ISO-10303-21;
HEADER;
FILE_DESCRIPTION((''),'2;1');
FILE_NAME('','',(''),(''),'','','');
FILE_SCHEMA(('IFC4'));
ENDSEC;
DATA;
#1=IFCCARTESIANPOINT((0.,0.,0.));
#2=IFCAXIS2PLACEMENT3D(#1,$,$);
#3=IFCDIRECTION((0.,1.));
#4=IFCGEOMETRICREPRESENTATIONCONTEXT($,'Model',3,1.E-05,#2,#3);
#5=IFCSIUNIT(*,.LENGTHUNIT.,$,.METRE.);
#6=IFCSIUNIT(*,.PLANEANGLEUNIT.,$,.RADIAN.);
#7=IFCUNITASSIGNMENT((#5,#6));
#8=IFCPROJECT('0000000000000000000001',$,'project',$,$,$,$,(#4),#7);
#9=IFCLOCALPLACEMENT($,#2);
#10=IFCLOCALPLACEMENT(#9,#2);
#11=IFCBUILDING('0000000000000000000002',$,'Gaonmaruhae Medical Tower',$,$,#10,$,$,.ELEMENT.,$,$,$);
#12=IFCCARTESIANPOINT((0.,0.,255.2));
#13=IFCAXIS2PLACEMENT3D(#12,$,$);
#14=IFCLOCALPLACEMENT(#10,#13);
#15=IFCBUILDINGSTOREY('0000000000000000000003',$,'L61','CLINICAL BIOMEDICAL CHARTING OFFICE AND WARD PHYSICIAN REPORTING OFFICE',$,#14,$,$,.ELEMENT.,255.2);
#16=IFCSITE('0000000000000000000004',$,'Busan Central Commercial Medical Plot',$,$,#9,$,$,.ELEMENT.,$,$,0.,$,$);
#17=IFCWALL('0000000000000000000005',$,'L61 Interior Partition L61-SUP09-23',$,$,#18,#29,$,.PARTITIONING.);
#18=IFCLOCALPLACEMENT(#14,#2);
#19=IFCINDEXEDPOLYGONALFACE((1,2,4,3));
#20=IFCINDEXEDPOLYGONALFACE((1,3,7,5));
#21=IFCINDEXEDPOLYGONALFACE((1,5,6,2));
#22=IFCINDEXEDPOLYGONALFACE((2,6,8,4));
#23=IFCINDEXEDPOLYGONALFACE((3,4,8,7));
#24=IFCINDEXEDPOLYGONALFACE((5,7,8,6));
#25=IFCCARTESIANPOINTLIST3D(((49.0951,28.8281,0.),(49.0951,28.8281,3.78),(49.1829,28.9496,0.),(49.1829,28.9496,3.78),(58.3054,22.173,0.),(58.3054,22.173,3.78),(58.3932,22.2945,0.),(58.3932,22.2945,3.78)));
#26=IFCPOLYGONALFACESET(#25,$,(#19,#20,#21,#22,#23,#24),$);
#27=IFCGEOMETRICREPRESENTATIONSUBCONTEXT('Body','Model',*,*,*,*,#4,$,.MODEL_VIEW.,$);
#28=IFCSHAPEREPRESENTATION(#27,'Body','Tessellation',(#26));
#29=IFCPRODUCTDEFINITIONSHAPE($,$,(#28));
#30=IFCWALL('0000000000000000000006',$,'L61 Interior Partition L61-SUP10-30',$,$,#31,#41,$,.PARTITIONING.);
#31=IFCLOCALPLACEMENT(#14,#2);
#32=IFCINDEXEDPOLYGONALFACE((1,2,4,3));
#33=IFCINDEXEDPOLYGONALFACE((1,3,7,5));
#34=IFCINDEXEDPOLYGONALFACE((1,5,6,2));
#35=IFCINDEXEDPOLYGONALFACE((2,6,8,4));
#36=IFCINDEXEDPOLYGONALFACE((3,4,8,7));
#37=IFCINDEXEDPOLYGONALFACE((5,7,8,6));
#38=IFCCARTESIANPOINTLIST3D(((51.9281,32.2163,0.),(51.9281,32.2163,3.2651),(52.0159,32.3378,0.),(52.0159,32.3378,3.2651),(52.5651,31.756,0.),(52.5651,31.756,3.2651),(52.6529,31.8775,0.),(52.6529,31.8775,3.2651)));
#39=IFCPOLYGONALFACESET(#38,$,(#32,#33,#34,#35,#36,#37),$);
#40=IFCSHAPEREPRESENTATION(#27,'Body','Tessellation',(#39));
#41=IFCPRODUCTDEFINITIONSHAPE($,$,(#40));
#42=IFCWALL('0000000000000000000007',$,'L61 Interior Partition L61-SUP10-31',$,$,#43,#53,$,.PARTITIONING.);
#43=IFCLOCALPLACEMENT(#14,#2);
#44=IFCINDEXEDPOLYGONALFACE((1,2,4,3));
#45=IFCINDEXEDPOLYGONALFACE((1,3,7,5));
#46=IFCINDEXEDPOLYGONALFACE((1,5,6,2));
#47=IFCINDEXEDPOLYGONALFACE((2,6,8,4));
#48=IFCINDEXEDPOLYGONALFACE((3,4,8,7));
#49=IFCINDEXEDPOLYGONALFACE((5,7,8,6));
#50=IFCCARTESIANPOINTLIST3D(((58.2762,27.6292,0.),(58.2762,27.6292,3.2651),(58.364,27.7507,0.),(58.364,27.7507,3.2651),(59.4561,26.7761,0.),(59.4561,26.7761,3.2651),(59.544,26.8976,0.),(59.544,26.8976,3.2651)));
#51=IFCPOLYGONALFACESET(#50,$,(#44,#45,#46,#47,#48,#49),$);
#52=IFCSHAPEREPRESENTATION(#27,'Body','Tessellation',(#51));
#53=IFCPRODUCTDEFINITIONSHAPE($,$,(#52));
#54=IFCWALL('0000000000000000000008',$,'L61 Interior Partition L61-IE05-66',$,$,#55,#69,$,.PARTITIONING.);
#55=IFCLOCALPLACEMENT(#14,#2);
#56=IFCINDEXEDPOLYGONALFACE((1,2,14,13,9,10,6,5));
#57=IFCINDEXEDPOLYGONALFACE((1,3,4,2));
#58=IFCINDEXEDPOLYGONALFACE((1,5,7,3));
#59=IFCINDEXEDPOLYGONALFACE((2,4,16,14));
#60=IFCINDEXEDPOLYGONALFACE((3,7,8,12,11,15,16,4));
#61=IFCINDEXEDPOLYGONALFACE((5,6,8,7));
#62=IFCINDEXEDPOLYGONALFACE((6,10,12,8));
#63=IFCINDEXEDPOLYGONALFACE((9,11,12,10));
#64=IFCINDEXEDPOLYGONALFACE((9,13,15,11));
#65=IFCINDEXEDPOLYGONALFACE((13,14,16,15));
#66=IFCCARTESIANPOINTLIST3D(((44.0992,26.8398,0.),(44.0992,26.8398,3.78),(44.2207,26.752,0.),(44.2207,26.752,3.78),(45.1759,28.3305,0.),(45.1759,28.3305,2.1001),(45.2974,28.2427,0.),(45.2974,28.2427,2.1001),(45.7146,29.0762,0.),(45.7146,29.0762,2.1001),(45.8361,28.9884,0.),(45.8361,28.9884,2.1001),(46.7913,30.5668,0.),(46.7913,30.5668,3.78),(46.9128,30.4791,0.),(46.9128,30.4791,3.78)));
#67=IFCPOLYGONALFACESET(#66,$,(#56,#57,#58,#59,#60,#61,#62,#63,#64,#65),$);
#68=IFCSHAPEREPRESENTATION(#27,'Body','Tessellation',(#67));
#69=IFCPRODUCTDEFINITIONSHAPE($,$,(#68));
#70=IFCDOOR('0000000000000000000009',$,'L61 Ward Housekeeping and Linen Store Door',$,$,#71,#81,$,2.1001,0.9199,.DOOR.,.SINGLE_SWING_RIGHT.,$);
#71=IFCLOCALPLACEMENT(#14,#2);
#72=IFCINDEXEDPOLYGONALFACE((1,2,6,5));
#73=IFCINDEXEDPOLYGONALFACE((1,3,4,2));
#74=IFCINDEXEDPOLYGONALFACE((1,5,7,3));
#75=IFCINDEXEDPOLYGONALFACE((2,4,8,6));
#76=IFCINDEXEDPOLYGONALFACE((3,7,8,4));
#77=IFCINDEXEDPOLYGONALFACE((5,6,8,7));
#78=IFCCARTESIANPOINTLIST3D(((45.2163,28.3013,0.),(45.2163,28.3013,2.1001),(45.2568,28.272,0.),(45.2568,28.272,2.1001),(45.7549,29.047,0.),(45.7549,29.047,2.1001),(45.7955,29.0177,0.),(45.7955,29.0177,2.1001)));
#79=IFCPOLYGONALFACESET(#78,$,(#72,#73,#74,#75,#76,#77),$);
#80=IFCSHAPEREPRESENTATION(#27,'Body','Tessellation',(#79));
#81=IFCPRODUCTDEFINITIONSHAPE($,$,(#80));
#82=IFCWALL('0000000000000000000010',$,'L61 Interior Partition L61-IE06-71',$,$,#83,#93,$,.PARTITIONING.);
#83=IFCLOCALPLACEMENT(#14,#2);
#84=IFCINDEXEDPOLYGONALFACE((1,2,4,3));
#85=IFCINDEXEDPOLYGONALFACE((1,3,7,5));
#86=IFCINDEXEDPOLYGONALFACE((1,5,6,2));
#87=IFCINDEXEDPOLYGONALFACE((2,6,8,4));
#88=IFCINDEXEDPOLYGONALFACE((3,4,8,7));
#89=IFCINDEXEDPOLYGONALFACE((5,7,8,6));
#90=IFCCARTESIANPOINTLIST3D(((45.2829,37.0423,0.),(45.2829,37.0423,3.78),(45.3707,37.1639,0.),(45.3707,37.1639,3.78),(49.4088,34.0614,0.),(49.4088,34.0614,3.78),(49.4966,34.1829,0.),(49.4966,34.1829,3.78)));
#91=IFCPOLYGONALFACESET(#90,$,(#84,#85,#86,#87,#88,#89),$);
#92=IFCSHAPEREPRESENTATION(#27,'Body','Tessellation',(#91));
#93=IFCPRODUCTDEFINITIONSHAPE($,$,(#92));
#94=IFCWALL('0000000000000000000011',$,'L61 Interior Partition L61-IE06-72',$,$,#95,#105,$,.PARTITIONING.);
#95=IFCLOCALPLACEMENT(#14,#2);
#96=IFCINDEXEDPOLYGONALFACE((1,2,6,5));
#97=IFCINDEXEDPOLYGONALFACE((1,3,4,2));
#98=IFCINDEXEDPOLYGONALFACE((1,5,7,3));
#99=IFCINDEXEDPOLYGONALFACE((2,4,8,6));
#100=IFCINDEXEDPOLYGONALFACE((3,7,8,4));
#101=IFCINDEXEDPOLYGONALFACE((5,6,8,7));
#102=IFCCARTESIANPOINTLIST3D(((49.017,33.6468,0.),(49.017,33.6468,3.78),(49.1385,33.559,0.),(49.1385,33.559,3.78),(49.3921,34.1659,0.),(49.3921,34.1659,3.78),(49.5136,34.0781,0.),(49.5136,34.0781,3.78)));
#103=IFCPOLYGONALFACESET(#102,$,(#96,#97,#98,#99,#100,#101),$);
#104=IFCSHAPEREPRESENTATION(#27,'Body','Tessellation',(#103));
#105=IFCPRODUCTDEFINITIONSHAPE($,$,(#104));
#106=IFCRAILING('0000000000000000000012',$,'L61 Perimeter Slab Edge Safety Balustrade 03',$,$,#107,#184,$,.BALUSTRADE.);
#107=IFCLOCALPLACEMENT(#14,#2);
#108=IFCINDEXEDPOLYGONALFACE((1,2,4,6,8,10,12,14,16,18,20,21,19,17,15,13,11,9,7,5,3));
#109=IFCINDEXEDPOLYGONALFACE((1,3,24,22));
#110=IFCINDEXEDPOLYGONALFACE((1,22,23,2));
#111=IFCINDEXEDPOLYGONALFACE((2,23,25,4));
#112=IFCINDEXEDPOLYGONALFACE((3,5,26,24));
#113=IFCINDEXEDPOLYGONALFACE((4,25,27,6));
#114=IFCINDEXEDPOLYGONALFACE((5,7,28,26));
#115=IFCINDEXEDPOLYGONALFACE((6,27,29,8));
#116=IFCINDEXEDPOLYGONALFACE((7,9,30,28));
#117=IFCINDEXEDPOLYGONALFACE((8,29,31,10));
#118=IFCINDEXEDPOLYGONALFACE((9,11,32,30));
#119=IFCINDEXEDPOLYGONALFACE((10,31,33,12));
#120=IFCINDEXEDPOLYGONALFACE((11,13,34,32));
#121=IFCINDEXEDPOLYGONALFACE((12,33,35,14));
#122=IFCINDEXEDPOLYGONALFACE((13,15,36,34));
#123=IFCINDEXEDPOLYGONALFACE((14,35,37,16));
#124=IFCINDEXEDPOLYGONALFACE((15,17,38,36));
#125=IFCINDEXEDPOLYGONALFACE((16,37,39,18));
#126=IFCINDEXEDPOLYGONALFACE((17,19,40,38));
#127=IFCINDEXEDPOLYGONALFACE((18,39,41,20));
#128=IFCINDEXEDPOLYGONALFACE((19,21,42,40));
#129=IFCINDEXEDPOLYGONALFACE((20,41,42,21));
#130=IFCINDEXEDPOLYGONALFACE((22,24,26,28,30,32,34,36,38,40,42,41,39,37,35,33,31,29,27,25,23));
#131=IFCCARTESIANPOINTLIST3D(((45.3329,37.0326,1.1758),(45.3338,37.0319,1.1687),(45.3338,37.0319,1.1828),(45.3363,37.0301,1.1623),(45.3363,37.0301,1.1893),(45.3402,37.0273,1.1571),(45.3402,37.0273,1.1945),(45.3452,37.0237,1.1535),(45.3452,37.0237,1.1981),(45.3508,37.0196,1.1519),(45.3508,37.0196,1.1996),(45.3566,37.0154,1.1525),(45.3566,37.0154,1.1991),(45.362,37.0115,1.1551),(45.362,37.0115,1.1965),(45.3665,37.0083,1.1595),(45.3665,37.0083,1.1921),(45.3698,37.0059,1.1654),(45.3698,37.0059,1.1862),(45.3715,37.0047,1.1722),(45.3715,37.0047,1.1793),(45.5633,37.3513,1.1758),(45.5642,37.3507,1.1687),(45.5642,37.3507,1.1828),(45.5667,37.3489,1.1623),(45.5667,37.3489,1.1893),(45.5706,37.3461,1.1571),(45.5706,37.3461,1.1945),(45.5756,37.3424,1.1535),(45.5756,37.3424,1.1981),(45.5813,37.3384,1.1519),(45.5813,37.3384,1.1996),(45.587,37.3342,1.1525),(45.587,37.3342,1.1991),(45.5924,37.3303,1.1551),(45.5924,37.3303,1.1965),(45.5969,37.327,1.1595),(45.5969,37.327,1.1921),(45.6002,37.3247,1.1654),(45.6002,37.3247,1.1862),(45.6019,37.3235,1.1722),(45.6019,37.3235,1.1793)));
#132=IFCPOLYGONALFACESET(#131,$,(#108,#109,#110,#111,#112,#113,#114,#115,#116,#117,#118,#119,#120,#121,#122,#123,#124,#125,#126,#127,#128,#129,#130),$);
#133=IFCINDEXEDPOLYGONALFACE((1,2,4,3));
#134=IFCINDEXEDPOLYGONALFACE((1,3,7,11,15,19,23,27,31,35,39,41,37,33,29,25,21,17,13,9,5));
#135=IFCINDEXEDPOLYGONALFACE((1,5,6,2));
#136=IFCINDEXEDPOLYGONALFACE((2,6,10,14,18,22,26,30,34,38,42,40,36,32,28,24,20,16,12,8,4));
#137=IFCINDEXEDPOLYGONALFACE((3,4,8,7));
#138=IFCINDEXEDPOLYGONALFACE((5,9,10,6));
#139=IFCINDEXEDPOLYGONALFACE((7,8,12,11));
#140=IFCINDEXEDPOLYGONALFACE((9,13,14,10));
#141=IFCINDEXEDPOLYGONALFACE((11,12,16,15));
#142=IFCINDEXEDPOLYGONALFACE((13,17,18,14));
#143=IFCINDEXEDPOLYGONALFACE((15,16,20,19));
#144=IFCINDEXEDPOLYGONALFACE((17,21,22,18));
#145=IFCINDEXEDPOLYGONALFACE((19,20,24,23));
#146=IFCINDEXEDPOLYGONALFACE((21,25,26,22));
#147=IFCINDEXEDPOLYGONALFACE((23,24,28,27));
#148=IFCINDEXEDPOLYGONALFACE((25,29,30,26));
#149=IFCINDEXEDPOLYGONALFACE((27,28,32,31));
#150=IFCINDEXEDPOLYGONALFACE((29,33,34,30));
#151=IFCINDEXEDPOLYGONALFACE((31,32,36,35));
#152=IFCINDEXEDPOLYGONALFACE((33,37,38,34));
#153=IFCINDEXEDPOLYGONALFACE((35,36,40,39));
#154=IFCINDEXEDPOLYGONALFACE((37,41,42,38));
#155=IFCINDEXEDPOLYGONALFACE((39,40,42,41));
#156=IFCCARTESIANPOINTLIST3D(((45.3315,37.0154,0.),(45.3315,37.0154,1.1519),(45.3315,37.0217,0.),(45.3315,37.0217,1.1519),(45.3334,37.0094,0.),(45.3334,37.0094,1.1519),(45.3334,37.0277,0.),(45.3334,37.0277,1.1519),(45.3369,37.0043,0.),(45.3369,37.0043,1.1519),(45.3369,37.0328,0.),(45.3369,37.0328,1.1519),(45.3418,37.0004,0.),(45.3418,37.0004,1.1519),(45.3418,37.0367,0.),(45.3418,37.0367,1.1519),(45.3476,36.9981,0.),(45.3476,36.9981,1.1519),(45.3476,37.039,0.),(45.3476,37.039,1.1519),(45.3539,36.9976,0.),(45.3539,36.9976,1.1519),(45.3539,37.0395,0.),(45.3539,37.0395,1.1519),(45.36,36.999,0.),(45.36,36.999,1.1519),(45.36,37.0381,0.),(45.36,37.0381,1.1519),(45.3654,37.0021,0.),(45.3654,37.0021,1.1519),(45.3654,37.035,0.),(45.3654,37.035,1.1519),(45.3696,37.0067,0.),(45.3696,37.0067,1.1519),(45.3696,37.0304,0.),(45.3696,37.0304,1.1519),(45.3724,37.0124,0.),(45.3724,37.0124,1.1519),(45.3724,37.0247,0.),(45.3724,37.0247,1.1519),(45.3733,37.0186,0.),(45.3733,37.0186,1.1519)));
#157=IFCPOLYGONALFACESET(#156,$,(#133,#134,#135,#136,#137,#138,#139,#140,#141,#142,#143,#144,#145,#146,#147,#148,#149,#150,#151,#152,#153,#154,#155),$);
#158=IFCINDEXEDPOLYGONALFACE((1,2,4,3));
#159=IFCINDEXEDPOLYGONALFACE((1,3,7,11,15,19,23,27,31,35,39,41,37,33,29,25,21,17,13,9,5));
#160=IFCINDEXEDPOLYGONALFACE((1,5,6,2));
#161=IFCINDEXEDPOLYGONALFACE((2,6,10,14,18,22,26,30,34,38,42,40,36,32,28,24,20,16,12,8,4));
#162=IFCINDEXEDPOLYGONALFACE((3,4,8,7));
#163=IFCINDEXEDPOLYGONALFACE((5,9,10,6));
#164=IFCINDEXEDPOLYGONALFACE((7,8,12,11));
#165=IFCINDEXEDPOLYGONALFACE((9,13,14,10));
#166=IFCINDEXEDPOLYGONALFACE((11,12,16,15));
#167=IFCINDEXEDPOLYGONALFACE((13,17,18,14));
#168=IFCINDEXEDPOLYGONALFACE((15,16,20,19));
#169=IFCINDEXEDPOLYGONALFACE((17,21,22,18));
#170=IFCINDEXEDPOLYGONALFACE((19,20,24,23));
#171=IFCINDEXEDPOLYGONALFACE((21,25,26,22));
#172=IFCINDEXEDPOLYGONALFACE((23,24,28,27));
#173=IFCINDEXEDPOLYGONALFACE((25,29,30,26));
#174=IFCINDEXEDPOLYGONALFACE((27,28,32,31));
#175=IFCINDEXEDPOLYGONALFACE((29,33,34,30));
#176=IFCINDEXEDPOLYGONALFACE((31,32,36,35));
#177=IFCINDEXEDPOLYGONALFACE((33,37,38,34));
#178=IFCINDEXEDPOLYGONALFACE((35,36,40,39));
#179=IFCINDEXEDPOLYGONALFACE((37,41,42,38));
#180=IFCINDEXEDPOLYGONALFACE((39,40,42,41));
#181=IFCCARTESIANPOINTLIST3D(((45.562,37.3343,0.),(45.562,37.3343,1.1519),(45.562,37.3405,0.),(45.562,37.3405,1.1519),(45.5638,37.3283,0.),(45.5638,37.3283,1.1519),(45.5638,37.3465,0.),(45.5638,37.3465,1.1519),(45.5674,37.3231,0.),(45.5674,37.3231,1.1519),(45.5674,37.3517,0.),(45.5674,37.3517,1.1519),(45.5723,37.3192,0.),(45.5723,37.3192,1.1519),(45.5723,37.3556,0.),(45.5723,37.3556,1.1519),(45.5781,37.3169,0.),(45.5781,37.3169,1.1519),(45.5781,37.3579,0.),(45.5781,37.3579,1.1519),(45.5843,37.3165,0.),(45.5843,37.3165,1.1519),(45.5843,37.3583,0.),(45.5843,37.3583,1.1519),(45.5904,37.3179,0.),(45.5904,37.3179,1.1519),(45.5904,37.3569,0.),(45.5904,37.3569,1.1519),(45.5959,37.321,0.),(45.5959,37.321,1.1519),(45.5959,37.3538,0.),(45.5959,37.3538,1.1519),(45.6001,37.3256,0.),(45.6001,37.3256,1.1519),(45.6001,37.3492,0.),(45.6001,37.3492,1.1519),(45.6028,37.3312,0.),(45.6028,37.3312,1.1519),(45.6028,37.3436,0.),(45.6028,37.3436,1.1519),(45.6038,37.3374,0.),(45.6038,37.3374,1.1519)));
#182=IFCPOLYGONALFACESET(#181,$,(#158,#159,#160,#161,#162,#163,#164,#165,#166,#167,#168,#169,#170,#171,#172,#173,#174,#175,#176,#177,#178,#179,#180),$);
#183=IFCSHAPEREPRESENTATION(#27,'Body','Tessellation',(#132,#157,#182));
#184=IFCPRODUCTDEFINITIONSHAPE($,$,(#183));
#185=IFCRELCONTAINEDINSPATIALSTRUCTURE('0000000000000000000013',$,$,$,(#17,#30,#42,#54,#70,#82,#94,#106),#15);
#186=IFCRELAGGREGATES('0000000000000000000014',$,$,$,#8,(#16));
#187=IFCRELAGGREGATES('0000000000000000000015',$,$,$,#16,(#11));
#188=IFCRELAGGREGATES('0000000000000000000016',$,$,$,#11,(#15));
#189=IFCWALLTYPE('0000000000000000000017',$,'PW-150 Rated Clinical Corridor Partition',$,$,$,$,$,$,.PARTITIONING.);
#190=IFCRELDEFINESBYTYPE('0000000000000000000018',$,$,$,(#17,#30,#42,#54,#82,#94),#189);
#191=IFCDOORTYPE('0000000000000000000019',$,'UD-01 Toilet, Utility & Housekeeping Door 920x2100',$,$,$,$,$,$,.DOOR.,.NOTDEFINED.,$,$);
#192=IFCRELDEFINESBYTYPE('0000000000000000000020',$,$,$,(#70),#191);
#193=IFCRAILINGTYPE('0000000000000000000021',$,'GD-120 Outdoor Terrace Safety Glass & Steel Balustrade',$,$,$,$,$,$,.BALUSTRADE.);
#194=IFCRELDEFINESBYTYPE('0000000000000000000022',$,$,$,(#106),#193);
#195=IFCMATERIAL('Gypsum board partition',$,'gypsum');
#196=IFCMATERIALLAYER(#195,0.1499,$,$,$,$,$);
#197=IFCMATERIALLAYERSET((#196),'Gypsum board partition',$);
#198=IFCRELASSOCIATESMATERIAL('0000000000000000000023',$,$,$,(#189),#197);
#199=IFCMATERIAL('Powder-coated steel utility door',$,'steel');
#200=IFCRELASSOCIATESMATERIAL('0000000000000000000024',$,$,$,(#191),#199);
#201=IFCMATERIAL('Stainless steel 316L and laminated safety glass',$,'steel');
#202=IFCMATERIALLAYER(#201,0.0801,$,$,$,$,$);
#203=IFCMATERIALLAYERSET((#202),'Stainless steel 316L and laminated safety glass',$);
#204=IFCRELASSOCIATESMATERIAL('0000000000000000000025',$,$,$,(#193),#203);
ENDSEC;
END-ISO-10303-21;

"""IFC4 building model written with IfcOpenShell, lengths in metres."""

from ifc_helpers import new_model, si_unit, direction, frame, frame_2d, origin, origin_2d, place, context, subcontext, project, spatial, rectangle, circle, extrude, material, layer, layer_set, type_object, element, fill, save


model = new_model("IFC4")

# Units and contexts
model_context = context("Model", 3, precision=1e-05, world=origin(), true_north=direction((0.0, 1.0)))
body_context = subcontext(model_context, "Body", "Model", "MODEL_VIEW")
ifc_project = project(units=[si_unit("LENGTHUNIT", "METRE"), si_unit("PLANEANGLEUNIT", "RADIAN")], contexts=[model_context])

# Site, building, storey
site_placement = place(None, origin())
site = spatial("IfcSite", under=ifc_project, at=site_placement, Name="Busan Central Commercial Medical Plot", CompositionType="ELEMENT", RefElevation=0.0)
building_placement = place(site_placement, origin())
building = spatial("IfcBuilding", under=site, at=building_placement, Name="Gaonmaruhae Medical Tower", CompositionType="ELEMENT")
storey_placement = place(building_placement, frame((0.0, 0.0, 255.2)))
storey = spatial("IfcBuildingStorey", under=building, at=storey_placement, Name="L61", Description="CLINICAL BIOMEDICAL CHARTING OFFICE AND WARD PHYSICIAN REPORTING OFFICE", CompositionType="ELEMENT", Elevation=255.2)

# Wall
ifc_material_1 = material(Name="Gypsum board partition", Category="gypsum")
ifc_layer_1 = layer(ifc_material_1, 0.1499)
ifc_layer_set_1 = layer_set([ifc_layer_1], Name="Gypsum board partition")
wall_type_1 = type_object("IfcWallType", Name="PW-150 Rated Clinical Corridor Partition", PredefinedType="PARTITIONING", material=ifc_layer_set_1)
wall_1_placement = place(storey_placement, frame((49.1389, 28.8889, 0.0), z_axis=(0.0, 0.0, 1.0), x_axis=(0.810545, -0.585676, 0.0)))
element("IfcWall", 1, at=wall_1_placement, inside=storey, type_object=wall_type_1, Name="L61 Interior Partition L61-SUP09-23", PredefinedType="PARTITIONING", context=body_context, shape_type="SweptSolid", body=[
    extrude(rectangle(XDim=11.363, YDim=0.1499, at=frame_2d((5.6816, 0.0))), origin(), (0.0, 0.0, 1.0), 3.78),
])

# Walls
wall_2_placement = place(storey_placement, frame((51.9719, 32.2771, 0.0), z_axis=(0.0, 0.0, 1.0), x_axis=(0.810573, -0.585638, 0.0)))
element("IfcWall", 2, at=wall_2_placement, inside=storey, type_object=wall_type_1, Name="L61 Interior Partition L61-SUP10-30", PredefinedType="PARTITIONING", context=body_context, shape_type="SweptSolid", body=[
    extrude(rectangle(XDim=0.7859, YDim=0.1499, at=frame_2d((0.3931, 0.0))), origin(), (0.0, 0.0, 1.0), 3.2651),
])
wall_3_placement = place(storey_placement, frame((58.3201, 27.6899, 0.0), z_axis=(0.0, 0.0, 1.0), x_axis=(0.810401, -0.585876, 0.0)))
element("IfcWall", 3, at=wall_3_placement, inside=storey, type_object=wall_type_1, Name="L61 Interior Partition L61-SUP10-31", PredefinedType="PARTITIONING", context=body_context, shape_type="SweptSolid", body=[
    extrude(rectangle(XDim=1.4561, YDim=0.1499, at=frame_2d((0.728, 0.0))), origin(), (0.0, 0.0, 1.0), 3.2651),
])

# Wall, opening, door
wall_4_placement = place(storey_placement, frame((46.8521, 30.5229, 0.0), z_axis=(0.0, 0.0, 1.0), x_axis=(-0.585545, -0.81064, 0.0)))
wall_4 = element("IfcWall", 4, at=wall_4_placement, inside=storey, type_object=wall_type_1, Name="L61 Interior Partition L61-IE05-66", PredefinedType="PARTITIONING", context=body_context, shape_type="SweptSolid", body=[
    extrude(rectangle(XDim=4.5977, YDim=0.1499, at=frame_2d((2.2988, 0.0))), origin(), (0.0, 0.0, 1.0), 3.78),
])
opening_1_placement = place(wall_4_placement, frame((1.8389, 0.0, 0.0)))
opening_1 = element("IfcOpeningElement", 5, at=opening_1_placement, cuts=wall_4, PredefinedType="OPENING", context=body_context, shape_type="SweptSolid", body=[
    extrude(rectangle(XDim=0.9199, YDim=2.1001, at=frame_2d((0.46, 1.05))), frame((0.0, 0.085, 0.0), z_axis=(0.0, -1.0, 0.0), x_axis=(1.0, 0.0, 0.0)), (0.0, 0.0, 1.0), 0.1699),
])
ifc_material_2 = material(Name="Powder-coated steel utility door", Category="steel")
door_type_1 = type_object("IfcDoorType", Name="UD-01 Toilet, Utility & Housekeeping Door 920x2100", OperationType="NOTDEFINED", PredefinedType="DOOR", material=ifc_material_2)
door_1_placement = place(opening_1_placement, origin())
door_1 = element("IfcDoor", 6, at=door_1_placement, inside=storey, type_object=door_type_1, Name="L61 Ward Housekeeping and Linen Store Door", OperationType="SINGLE_SWING_RIGHT", OverallHeight=2.1001, OverallWidth=0.9199, PredefinedType="DOOR", context=body_context, shape_type="SweptSolid", body=[
    extrude(rectangle(XDim=0.9199, YDim=2.1001, at=frame_2d((0.46, 1.05))), frame((0.0, 0.0249, 0.0), z_axis=(0.0, -1.0, 0.0), x_axis=(1.0, 0.0, 0.0)), (0.0, 0.0, 1.0), 0.05),
])
fill(opening_1, door_1)

# Walls
wall_5_placement = place(storey_placement, frame((45.3269, 37.103, 0.0), z_axis=(0.0, 0.0, 1.0), x_axis=(0.810578, -0.585631, 0.0)))
element("IfcWall", 7, at=wall_5_placement, inside=storey, type_object=wall_type_1, Name="L61 Interior Partition L61-IE06-71", PredefinedType="PARTITIONING", context=body_context, shape_type="SweptSolid", body=[
    extrude(rectangle(XDim=5.0901, YDim=0.1499, at=frame_2d((2.5449, 0.0))), origin(), (0.0, 0.0, 1.0), 3.78),
])
wall_6_placement = place(storey_placement, frame((49.4529, 34.1221, 0.0), z_axis=(0.0, 0.0, 1.0), x_axis=(-0.58563, -0.810579, 0.0)))
element("IfcWall", 8, at=wall_6_placement, inside=storey, type_object=wall_type_1, Name="L61 Interior Partition L61-IE06-72", PredefinedType="PARTITIONING", context=body_context, shape_type="SweptSolid", body=[
    extrude(rectangle(XDim=0.6404, YDim=0.1499, at=frame_2d((0.3203, 0.0))), origin(), (0.0, 0.0, 1.0), 3.78),
])

# Railing
ifc_material_3 = material(Name="Stainless steel 316L and laminated safety glass", Category="steel")
ifc_layer_2 = layer(ifc_material_3, 0.0801)
ifc_layer_set_2 = layer_set([ifc_layer_2], Name="Stainless steel 316L and laminated safety glass")
railing_type = type_object("IfcRailingType", Name="GD-120 Outdoor Terrace Safety Glass & Steel Balustrade", PredefinedType="BALUSTRADE", material=ifc_layer_set_2)
railing_1_placement = place(storey_placement, frame((45.3523, 37.0186, 0.0)))
element("IfcRailing", 9, at=railing_1_placement, inside=storey, type_object=railing_type, Name="L61 Perimeter Slab Edge Safety Balustrade 03", PredefinedType="BALUSTRADE", context=body_context, shape_type="SweptSolid", body=[
    extrude(circle(Radius=0.0239, at=origin_2d()), frame((0.0, 0.0, 1.1758), z_axis=(0.585808, 0.81045, 0.0), x_axis=(-0.81045, 0.585808, 0.0)), (0.0, 0.0, 1.0), 0.3933),
    extrude(circle(Radius=0.021, at=origin_2d()), origin(), (0.0, 0.0, 1.0), 1.1519),
    extrude(circle(Radius=0.021, at=origin_2d()), frame((0.2305, 0.3188, 0.0)), (0.0, 0.0, 1.0), 1.1519),
])

save(model, "model.ifc")
